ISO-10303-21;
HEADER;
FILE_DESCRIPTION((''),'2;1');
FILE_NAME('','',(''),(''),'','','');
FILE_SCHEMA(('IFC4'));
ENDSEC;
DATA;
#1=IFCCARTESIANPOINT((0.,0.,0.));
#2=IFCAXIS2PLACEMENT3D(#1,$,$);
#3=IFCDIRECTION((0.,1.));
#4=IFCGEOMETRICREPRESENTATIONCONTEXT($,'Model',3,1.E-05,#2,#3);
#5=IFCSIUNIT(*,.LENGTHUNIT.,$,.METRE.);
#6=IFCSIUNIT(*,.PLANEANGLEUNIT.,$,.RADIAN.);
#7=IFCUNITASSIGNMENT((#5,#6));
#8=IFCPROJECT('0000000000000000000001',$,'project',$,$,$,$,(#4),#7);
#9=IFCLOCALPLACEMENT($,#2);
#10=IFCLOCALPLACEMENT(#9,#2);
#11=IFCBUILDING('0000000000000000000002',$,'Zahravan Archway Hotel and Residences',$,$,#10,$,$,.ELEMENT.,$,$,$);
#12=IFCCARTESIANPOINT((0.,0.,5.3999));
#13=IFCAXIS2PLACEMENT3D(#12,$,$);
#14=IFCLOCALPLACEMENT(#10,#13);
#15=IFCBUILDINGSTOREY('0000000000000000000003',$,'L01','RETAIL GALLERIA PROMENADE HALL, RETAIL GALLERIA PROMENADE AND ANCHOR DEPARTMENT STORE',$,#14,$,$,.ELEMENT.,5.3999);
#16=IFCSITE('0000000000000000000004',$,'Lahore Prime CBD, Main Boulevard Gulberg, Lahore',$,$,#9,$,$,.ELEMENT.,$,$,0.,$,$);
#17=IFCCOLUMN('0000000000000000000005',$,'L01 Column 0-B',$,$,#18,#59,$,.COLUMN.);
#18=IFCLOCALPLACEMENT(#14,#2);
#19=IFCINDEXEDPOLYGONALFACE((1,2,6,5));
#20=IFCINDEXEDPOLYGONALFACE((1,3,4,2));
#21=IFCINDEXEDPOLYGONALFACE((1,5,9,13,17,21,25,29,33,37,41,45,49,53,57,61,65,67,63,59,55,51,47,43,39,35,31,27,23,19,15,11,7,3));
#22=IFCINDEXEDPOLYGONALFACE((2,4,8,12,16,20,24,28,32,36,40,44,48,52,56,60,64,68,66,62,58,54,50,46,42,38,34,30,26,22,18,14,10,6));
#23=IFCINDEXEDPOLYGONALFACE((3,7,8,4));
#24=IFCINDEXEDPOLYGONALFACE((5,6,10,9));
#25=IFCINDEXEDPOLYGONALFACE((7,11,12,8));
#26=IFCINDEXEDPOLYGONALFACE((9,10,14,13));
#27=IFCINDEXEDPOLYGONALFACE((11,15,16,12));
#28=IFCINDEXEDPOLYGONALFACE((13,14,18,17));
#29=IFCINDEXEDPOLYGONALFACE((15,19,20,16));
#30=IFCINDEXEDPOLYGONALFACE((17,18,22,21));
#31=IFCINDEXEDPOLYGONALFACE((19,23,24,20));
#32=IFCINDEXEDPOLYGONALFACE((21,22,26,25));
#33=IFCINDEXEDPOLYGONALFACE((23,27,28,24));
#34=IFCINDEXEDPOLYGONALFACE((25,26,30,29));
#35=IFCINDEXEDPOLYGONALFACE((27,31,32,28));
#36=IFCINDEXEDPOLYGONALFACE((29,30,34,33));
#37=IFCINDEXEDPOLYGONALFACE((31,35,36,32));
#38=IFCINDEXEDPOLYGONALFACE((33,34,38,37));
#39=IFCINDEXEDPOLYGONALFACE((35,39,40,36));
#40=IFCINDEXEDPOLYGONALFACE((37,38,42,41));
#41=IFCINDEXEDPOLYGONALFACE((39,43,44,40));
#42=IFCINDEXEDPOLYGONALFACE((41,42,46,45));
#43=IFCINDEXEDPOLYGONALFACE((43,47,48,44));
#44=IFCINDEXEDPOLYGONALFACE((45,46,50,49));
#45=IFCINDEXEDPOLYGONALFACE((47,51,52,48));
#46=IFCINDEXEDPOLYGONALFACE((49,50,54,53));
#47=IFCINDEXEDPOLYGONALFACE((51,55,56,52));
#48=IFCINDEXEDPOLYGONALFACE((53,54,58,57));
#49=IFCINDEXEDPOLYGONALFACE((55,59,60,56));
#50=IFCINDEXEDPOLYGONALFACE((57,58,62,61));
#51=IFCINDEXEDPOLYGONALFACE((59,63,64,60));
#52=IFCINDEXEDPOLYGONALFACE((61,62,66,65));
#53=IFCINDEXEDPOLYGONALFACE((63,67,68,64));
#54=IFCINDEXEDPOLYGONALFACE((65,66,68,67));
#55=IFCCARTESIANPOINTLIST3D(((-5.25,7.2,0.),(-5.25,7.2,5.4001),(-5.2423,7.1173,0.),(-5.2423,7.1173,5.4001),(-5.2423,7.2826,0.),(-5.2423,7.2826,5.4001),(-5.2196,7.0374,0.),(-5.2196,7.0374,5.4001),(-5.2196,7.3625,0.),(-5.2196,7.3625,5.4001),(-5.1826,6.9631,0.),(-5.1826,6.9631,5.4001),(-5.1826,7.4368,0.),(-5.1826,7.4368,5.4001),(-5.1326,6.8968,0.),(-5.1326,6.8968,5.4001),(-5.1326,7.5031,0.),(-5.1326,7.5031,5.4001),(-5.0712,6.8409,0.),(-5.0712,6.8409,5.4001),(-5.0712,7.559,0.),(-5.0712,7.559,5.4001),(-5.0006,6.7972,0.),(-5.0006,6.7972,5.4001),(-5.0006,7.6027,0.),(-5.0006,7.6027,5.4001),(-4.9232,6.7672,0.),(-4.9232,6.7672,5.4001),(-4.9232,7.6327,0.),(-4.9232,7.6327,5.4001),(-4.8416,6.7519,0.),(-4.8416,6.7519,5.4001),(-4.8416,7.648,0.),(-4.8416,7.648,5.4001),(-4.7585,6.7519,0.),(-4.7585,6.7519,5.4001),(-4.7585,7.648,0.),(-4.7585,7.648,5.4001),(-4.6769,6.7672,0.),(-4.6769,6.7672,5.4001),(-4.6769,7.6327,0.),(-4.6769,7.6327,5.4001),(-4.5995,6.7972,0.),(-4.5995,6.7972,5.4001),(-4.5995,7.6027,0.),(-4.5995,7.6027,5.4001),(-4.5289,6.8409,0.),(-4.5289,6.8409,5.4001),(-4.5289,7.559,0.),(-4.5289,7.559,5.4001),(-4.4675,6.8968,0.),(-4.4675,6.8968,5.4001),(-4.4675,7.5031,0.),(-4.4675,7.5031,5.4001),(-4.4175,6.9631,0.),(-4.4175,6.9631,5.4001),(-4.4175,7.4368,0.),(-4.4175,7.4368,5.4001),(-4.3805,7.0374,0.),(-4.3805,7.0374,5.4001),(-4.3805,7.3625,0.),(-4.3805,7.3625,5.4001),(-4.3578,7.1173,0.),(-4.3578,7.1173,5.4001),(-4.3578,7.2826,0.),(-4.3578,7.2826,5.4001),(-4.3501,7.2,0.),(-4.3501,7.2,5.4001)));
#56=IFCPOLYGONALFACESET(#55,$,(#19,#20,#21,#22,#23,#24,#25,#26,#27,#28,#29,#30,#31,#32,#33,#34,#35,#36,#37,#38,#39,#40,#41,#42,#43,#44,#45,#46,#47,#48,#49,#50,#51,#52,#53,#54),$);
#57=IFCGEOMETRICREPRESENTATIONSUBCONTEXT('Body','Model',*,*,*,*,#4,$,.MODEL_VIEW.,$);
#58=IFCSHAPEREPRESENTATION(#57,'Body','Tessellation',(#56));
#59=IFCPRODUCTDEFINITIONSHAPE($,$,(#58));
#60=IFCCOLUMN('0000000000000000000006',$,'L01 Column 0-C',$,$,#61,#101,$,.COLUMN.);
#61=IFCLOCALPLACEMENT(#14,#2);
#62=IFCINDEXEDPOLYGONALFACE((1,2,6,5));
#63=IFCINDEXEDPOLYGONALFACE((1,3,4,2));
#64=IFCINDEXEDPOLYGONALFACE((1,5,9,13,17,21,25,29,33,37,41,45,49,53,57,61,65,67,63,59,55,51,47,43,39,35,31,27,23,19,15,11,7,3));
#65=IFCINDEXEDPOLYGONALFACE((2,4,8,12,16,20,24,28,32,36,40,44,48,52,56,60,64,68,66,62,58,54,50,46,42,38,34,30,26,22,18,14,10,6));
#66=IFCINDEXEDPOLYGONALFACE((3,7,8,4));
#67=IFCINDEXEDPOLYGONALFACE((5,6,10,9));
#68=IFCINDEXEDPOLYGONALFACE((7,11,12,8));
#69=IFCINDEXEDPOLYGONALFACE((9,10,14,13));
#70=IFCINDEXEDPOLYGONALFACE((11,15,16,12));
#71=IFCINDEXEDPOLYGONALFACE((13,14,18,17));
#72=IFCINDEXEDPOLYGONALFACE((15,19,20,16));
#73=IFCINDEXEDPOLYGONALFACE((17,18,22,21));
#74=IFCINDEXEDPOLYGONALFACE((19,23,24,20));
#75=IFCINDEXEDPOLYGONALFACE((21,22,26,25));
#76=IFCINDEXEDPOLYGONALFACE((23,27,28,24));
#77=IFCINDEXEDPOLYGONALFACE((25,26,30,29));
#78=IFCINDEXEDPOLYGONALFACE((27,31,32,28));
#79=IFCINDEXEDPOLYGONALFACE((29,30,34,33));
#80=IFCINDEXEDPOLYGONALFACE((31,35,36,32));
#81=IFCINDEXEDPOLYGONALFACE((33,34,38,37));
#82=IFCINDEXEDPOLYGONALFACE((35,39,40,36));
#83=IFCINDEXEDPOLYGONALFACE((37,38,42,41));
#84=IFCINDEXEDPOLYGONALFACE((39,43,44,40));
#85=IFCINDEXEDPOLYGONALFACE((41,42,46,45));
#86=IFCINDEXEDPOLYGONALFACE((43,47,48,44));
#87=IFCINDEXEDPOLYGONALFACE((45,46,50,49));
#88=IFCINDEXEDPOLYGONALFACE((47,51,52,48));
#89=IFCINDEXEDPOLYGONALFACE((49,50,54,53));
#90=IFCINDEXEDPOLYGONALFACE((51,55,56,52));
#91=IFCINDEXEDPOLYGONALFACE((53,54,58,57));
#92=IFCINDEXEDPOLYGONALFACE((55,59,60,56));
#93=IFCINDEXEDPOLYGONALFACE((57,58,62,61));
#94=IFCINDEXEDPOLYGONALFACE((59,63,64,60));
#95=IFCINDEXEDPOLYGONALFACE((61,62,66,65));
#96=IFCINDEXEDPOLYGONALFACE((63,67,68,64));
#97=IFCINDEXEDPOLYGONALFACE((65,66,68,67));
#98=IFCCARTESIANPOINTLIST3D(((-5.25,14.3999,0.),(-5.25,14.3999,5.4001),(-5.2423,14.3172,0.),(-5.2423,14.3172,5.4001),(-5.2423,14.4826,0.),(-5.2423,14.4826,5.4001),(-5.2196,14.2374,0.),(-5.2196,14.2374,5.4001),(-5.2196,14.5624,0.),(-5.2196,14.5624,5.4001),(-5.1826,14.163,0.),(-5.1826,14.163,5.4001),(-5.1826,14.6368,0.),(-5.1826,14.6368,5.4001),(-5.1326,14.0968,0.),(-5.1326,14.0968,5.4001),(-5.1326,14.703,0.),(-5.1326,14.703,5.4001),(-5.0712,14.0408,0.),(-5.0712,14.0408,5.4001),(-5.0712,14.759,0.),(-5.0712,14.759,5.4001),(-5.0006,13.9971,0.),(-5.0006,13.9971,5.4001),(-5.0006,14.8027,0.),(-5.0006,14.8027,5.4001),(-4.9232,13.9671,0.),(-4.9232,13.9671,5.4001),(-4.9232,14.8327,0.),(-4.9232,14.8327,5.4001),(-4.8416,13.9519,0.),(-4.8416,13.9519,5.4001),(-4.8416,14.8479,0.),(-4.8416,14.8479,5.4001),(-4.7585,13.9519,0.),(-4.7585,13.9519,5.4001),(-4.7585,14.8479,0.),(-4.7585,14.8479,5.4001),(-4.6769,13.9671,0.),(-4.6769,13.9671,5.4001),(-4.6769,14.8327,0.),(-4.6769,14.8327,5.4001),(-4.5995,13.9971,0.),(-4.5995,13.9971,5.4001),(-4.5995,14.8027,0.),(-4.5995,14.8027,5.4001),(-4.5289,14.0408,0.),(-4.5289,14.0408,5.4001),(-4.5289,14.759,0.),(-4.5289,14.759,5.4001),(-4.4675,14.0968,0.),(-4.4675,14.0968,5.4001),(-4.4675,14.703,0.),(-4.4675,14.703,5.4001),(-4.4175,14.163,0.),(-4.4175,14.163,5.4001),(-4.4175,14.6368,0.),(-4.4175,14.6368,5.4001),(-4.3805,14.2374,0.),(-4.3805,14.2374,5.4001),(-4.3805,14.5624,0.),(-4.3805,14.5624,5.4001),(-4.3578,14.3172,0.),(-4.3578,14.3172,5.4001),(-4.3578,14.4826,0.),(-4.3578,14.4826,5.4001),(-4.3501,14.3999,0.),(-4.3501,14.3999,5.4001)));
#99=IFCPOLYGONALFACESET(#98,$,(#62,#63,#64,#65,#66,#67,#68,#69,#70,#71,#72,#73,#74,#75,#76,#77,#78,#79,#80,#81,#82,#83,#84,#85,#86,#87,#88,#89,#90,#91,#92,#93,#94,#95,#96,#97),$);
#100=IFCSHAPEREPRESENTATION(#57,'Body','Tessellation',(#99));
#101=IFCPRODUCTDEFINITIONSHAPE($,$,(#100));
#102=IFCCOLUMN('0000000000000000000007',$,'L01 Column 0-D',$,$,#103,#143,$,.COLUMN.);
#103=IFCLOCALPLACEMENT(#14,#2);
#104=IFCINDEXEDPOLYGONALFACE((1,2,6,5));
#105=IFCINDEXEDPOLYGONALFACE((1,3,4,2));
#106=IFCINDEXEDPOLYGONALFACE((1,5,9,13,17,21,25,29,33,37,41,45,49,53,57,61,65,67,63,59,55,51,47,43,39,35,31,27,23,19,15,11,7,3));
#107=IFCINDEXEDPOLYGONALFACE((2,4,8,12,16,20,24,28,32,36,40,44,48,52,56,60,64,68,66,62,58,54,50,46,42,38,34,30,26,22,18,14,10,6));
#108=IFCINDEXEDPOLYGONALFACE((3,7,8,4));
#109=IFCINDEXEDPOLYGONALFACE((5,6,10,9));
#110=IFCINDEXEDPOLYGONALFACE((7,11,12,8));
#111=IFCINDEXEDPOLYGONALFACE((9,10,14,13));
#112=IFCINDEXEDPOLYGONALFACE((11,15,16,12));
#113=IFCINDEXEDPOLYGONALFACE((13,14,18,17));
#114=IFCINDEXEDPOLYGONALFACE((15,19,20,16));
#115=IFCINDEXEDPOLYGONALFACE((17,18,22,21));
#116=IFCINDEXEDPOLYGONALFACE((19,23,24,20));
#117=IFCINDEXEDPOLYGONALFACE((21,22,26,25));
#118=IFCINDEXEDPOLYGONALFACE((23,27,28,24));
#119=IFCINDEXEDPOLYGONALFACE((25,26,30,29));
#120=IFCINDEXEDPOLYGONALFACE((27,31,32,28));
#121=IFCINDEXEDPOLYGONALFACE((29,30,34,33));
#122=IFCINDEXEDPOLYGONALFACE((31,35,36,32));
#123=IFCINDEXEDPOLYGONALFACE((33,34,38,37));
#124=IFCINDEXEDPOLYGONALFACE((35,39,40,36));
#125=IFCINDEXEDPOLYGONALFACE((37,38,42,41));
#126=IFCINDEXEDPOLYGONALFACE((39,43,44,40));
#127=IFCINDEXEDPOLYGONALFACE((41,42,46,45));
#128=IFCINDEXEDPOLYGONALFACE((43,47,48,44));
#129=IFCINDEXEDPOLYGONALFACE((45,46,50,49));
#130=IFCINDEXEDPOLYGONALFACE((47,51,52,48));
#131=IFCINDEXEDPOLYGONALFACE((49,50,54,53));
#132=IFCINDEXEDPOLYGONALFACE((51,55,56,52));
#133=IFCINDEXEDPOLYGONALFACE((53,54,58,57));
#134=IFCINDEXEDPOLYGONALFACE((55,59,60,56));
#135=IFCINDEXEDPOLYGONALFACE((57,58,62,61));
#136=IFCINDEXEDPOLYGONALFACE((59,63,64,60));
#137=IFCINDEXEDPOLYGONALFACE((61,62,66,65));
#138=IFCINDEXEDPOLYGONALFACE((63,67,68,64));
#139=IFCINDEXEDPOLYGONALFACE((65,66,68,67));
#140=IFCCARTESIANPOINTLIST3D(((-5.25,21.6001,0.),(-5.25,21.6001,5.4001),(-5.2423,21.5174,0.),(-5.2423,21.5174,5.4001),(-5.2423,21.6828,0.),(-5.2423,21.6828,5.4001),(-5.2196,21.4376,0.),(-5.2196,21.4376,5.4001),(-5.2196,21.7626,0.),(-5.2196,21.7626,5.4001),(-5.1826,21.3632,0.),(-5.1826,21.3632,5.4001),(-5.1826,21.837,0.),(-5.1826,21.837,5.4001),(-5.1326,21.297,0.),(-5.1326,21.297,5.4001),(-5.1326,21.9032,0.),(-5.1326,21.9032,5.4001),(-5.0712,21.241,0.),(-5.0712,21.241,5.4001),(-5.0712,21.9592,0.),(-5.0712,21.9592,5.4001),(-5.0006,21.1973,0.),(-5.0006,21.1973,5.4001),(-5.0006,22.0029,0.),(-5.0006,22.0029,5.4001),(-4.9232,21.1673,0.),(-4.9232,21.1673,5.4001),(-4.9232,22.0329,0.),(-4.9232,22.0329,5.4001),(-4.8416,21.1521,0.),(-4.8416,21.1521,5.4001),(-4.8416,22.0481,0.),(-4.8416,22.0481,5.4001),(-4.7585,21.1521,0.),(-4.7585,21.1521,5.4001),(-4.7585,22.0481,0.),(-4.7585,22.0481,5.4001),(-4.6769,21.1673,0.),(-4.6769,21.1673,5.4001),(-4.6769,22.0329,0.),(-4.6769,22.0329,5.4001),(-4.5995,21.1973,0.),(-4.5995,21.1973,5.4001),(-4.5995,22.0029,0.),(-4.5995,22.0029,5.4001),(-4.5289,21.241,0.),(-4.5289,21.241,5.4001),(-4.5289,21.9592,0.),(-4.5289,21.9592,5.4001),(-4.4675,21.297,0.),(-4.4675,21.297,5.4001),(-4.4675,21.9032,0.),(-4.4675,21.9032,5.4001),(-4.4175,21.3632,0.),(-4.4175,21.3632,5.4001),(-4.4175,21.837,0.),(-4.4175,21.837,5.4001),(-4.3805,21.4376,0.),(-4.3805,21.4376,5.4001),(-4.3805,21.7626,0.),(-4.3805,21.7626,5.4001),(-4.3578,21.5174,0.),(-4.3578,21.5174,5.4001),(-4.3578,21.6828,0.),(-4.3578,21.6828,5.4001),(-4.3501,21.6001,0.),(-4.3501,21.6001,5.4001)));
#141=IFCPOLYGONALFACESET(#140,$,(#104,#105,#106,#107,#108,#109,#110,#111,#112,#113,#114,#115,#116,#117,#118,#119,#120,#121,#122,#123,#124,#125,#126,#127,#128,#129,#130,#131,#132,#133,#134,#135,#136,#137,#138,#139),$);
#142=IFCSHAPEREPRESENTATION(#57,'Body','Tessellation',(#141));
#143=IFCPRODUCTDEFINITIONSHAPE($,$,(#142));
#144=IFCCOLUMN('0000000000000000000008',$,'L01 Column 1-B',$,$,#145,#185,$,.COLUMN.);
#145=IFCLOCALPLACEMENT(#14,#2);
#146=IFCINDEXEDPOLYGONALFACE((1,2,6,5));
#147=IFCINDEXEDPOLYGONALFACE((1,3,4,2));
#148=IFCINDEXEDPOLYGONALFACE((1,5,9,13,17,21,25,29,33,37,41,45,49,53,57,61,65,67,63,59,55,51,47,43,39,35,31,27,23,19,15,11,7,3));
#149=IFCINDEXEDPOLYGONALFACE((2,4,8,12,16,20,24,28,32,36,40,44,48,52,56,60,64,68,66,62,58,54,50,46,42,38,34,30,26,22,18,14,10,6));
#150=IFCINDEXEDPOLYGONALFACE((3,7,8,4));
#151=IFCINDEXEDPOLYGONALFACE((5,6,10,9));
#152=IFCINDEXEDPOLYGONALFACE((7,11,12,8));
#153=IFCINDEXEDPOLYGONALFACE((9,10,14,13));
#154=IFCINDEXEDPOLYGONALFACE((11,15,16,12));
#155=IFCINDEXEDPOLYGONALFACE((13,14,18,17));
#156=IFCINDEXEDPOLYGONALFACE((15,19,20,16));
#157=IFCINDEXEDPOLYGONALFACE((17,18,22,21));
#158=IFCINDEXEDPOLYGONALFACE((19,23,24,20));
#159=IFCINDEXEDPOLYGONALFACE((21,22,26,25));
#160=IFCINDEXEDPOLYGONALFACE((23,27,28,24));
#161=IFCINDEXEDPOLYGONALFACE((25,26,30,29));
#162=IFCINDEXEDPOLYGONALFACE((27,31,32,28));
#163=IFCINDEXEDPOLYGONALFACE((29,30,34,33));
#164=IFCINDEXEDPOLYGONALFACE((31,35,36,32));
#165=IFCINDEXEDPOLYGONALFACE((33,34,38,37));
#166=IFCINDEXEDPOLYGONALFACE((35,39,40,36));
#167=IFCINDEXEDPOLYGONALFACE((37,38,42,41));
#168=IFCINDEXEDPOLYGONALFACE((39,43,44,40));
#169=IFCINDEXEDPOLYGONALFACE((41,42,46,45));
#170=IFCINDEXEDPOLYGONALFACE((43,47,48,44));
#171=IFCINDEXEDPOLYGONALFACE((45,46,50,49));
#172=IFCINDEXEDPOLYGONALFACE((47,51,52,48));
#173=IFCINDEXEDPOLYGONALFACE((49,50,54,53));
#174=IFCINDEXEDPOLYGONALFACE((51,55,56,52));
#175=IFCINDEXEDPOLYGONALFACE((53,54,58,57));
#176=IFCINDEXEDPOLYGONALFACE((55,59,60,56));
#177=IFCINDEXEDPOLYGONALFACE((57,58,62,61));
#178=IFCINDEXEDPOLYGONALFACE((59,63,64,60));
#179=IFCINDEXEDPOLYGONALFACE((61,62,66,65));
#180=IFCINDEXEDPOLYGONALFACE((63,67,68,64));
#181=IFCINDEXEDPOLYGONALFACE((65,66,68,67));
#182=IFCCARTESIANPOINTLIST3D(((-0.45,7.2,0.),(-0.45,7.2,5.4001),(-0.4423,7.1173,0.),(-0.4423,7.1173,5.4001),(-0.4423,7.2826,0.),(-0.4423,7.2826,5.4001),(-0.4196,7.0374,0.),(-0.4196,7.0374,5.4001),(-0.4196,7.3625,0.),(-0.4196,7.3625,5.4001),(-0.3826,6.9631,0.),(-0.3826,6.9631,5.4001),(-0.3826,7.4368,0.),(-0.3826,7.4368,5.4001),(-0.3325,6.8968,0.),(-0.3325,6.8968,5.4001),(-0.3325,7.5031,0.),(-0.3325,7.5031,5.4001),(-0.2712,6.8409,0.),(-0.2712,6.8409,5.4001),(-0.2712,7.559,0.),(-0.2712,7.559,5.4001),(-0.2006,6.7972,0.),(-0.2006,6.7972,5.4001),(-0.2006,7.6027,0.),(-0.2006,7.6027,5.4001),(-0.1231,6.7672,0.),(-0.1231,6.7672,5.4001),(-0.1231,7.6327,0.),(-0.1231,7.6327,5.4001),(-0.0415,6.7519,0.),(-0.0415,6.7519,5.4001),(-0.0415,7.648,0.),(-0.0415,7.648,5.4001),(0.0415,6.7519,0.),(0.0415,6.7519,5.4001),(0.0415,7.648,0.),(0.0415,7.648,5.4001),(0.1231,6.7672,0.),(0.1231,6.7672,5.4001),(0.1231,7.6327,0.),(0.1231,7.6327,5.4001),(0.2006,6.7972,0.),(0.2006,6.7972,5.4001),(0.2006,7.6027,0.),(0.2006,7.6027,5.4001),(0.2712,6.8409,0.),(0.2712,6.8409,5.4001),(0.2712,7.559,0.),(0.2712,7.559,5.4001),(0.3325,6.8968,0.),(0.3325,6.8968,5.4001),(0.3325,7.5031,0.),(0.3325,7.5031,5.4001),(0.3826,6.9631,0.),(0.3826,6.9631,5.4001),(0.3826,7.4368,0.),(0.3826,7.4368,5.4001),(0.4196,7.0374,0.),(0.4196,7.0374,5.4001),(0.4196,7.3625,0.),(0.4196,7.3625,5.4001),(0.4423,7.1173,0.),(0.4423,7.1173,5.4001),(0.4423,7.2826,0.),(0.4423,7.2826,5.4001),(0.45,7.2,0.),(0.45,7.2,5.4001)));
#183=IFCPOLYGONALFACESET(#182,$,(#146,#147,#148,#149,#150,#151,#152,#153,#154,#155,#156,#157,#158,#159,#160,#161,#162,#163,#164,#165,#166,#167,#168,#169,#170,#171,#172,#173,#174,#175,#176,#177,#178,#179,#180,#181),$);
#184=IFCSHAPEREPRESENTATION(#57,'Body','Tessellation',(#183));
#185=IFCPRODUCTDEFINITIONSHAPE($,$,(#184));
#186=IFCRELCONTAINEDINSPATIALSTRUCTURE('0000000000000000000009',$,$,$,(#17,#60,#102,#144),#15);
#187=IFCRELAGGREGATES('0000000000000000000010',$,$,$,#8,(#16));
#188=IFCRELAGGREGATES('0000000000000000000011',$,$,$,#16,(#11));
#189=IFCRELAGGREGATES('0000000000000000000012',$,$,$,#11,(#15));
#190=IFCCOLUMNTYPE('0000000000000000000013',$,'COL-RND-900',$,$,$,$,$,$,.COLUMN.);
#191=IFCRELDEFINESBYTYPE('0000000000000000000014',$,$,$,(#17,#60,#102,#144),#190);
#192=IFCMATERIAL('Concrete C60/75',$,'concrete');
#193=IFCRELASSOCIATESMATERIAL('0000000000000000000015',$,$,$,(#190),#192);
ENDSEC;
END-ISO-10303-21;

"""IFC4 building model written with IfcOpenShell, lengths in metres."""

from ifc_helpers import new_model, si_unit, direction, frame, origin, origin_2d, place, context, subcontext, project, spatial, circle, extrude, source, transform, mapped, material, material_profile, profile_set, type_object, element, save


model = new_model("IFC4")

# Units and contexts
model_context = context("Model", 3, precision=1e-05, world=origin(), true_north=direction((0.0, 1.0)))
body_context = subcontext(model_context, "Body", "Model", "MODEL_VIEW")
ifc_project = project(units=[si_unit("LENGTHUNIT", "METRE"), si_unit("PLANEANGLEUNIT", "RADIAN")], contexts=[model_context])

# Site, building, storey
site_placement = place(None, origin())
site = spatial("IfcSite", under=ifc_project, at=site_placement, Name="Lahore Prime CBD, Main Boulevard Gulberg, Lahore", CompositionType="ELEMENT", RefElevation=0.0)
building_placement = place(site_placement, origin())
building = spatial("IfcBuilding", under=site, at=building_placement, Name="Zahravan Archway Hotel and Residences", CompositionType="ELEMENT")
storey_placement = place(building_placement, frame((0.0, 0.0, 5.3999)))
storey = spatial("IfcBuildingStorey", under=building, at=storey_placement, Name="L01", Description="RETAIL GALLERIA PROMENADE HALL, RETAIL GALLERIA PROMENADE AND ANCHOR DEPARTMENT STORE", CompositionType="ELEMENT", Elevation=5.3999)

# Columns
ifc_material_1 = material(Name="Concrete C60/75", Category="concrete")
ifc_material_profile_1 = material_profile(ifc_material_1, circle(Radius=0.45, at=origin_2d()), Name="RC-CIRC-900", Category="concrete")
ifc_profile_set_1 = profile_set([ifc_material_profile_1], Name="Concrete C60/75")
column_type = type_object("IfcColumnType", Name="COL-RND-900", PredefinedType="COLUMN", material=ifc_profile_set_1)
shared_shape_1 = source(origin(), body_context, "Body", "SweptSolid", [
    extrude(circle(Radius=0.45, at=origin_2d()), origin(), (0.0, 0.0, 1.0), 5.4001),
])
for number, where, z_axis, x_axis, name in (
    (1, (-4.8, 7.2, 0.0), (0.0, 0.0, 1.0), (1.0, 0.0, 0.0), "L01 Column 0-B"),
    (2, (-4.8, 14.3999, 0.0), (0.0, 0.0, 1.0), (1.0, 0.0, 0.0), "L01 Column 0-C"),
    (3, (-4.8, 21.6001, 0.0), (0.0, 0.0, 1.0), (1.0, 0.0, 0.0), "L01 Column 0-D"),
    (4, (0.0, 7.2, 0.0), (0.0, 0.0, 1.0), (1.0, 0.0, 0.0), "L01 Column 1-B"),
):
    element("IfcColumn", number, at=place(storey_placement, frame(where, z_axis=z_axis, x_axis=x_axis)), inside=storey, type_object=column_type, Name=name, PredefinedType="COLUMN", context=body_context, shape_type="MappedRepresentation", body=[
        mapped(shared_shape_1, transform((0.0, 0.0, 0.0), scale=1.0)),
    ])

save(model, "model.ifc")
